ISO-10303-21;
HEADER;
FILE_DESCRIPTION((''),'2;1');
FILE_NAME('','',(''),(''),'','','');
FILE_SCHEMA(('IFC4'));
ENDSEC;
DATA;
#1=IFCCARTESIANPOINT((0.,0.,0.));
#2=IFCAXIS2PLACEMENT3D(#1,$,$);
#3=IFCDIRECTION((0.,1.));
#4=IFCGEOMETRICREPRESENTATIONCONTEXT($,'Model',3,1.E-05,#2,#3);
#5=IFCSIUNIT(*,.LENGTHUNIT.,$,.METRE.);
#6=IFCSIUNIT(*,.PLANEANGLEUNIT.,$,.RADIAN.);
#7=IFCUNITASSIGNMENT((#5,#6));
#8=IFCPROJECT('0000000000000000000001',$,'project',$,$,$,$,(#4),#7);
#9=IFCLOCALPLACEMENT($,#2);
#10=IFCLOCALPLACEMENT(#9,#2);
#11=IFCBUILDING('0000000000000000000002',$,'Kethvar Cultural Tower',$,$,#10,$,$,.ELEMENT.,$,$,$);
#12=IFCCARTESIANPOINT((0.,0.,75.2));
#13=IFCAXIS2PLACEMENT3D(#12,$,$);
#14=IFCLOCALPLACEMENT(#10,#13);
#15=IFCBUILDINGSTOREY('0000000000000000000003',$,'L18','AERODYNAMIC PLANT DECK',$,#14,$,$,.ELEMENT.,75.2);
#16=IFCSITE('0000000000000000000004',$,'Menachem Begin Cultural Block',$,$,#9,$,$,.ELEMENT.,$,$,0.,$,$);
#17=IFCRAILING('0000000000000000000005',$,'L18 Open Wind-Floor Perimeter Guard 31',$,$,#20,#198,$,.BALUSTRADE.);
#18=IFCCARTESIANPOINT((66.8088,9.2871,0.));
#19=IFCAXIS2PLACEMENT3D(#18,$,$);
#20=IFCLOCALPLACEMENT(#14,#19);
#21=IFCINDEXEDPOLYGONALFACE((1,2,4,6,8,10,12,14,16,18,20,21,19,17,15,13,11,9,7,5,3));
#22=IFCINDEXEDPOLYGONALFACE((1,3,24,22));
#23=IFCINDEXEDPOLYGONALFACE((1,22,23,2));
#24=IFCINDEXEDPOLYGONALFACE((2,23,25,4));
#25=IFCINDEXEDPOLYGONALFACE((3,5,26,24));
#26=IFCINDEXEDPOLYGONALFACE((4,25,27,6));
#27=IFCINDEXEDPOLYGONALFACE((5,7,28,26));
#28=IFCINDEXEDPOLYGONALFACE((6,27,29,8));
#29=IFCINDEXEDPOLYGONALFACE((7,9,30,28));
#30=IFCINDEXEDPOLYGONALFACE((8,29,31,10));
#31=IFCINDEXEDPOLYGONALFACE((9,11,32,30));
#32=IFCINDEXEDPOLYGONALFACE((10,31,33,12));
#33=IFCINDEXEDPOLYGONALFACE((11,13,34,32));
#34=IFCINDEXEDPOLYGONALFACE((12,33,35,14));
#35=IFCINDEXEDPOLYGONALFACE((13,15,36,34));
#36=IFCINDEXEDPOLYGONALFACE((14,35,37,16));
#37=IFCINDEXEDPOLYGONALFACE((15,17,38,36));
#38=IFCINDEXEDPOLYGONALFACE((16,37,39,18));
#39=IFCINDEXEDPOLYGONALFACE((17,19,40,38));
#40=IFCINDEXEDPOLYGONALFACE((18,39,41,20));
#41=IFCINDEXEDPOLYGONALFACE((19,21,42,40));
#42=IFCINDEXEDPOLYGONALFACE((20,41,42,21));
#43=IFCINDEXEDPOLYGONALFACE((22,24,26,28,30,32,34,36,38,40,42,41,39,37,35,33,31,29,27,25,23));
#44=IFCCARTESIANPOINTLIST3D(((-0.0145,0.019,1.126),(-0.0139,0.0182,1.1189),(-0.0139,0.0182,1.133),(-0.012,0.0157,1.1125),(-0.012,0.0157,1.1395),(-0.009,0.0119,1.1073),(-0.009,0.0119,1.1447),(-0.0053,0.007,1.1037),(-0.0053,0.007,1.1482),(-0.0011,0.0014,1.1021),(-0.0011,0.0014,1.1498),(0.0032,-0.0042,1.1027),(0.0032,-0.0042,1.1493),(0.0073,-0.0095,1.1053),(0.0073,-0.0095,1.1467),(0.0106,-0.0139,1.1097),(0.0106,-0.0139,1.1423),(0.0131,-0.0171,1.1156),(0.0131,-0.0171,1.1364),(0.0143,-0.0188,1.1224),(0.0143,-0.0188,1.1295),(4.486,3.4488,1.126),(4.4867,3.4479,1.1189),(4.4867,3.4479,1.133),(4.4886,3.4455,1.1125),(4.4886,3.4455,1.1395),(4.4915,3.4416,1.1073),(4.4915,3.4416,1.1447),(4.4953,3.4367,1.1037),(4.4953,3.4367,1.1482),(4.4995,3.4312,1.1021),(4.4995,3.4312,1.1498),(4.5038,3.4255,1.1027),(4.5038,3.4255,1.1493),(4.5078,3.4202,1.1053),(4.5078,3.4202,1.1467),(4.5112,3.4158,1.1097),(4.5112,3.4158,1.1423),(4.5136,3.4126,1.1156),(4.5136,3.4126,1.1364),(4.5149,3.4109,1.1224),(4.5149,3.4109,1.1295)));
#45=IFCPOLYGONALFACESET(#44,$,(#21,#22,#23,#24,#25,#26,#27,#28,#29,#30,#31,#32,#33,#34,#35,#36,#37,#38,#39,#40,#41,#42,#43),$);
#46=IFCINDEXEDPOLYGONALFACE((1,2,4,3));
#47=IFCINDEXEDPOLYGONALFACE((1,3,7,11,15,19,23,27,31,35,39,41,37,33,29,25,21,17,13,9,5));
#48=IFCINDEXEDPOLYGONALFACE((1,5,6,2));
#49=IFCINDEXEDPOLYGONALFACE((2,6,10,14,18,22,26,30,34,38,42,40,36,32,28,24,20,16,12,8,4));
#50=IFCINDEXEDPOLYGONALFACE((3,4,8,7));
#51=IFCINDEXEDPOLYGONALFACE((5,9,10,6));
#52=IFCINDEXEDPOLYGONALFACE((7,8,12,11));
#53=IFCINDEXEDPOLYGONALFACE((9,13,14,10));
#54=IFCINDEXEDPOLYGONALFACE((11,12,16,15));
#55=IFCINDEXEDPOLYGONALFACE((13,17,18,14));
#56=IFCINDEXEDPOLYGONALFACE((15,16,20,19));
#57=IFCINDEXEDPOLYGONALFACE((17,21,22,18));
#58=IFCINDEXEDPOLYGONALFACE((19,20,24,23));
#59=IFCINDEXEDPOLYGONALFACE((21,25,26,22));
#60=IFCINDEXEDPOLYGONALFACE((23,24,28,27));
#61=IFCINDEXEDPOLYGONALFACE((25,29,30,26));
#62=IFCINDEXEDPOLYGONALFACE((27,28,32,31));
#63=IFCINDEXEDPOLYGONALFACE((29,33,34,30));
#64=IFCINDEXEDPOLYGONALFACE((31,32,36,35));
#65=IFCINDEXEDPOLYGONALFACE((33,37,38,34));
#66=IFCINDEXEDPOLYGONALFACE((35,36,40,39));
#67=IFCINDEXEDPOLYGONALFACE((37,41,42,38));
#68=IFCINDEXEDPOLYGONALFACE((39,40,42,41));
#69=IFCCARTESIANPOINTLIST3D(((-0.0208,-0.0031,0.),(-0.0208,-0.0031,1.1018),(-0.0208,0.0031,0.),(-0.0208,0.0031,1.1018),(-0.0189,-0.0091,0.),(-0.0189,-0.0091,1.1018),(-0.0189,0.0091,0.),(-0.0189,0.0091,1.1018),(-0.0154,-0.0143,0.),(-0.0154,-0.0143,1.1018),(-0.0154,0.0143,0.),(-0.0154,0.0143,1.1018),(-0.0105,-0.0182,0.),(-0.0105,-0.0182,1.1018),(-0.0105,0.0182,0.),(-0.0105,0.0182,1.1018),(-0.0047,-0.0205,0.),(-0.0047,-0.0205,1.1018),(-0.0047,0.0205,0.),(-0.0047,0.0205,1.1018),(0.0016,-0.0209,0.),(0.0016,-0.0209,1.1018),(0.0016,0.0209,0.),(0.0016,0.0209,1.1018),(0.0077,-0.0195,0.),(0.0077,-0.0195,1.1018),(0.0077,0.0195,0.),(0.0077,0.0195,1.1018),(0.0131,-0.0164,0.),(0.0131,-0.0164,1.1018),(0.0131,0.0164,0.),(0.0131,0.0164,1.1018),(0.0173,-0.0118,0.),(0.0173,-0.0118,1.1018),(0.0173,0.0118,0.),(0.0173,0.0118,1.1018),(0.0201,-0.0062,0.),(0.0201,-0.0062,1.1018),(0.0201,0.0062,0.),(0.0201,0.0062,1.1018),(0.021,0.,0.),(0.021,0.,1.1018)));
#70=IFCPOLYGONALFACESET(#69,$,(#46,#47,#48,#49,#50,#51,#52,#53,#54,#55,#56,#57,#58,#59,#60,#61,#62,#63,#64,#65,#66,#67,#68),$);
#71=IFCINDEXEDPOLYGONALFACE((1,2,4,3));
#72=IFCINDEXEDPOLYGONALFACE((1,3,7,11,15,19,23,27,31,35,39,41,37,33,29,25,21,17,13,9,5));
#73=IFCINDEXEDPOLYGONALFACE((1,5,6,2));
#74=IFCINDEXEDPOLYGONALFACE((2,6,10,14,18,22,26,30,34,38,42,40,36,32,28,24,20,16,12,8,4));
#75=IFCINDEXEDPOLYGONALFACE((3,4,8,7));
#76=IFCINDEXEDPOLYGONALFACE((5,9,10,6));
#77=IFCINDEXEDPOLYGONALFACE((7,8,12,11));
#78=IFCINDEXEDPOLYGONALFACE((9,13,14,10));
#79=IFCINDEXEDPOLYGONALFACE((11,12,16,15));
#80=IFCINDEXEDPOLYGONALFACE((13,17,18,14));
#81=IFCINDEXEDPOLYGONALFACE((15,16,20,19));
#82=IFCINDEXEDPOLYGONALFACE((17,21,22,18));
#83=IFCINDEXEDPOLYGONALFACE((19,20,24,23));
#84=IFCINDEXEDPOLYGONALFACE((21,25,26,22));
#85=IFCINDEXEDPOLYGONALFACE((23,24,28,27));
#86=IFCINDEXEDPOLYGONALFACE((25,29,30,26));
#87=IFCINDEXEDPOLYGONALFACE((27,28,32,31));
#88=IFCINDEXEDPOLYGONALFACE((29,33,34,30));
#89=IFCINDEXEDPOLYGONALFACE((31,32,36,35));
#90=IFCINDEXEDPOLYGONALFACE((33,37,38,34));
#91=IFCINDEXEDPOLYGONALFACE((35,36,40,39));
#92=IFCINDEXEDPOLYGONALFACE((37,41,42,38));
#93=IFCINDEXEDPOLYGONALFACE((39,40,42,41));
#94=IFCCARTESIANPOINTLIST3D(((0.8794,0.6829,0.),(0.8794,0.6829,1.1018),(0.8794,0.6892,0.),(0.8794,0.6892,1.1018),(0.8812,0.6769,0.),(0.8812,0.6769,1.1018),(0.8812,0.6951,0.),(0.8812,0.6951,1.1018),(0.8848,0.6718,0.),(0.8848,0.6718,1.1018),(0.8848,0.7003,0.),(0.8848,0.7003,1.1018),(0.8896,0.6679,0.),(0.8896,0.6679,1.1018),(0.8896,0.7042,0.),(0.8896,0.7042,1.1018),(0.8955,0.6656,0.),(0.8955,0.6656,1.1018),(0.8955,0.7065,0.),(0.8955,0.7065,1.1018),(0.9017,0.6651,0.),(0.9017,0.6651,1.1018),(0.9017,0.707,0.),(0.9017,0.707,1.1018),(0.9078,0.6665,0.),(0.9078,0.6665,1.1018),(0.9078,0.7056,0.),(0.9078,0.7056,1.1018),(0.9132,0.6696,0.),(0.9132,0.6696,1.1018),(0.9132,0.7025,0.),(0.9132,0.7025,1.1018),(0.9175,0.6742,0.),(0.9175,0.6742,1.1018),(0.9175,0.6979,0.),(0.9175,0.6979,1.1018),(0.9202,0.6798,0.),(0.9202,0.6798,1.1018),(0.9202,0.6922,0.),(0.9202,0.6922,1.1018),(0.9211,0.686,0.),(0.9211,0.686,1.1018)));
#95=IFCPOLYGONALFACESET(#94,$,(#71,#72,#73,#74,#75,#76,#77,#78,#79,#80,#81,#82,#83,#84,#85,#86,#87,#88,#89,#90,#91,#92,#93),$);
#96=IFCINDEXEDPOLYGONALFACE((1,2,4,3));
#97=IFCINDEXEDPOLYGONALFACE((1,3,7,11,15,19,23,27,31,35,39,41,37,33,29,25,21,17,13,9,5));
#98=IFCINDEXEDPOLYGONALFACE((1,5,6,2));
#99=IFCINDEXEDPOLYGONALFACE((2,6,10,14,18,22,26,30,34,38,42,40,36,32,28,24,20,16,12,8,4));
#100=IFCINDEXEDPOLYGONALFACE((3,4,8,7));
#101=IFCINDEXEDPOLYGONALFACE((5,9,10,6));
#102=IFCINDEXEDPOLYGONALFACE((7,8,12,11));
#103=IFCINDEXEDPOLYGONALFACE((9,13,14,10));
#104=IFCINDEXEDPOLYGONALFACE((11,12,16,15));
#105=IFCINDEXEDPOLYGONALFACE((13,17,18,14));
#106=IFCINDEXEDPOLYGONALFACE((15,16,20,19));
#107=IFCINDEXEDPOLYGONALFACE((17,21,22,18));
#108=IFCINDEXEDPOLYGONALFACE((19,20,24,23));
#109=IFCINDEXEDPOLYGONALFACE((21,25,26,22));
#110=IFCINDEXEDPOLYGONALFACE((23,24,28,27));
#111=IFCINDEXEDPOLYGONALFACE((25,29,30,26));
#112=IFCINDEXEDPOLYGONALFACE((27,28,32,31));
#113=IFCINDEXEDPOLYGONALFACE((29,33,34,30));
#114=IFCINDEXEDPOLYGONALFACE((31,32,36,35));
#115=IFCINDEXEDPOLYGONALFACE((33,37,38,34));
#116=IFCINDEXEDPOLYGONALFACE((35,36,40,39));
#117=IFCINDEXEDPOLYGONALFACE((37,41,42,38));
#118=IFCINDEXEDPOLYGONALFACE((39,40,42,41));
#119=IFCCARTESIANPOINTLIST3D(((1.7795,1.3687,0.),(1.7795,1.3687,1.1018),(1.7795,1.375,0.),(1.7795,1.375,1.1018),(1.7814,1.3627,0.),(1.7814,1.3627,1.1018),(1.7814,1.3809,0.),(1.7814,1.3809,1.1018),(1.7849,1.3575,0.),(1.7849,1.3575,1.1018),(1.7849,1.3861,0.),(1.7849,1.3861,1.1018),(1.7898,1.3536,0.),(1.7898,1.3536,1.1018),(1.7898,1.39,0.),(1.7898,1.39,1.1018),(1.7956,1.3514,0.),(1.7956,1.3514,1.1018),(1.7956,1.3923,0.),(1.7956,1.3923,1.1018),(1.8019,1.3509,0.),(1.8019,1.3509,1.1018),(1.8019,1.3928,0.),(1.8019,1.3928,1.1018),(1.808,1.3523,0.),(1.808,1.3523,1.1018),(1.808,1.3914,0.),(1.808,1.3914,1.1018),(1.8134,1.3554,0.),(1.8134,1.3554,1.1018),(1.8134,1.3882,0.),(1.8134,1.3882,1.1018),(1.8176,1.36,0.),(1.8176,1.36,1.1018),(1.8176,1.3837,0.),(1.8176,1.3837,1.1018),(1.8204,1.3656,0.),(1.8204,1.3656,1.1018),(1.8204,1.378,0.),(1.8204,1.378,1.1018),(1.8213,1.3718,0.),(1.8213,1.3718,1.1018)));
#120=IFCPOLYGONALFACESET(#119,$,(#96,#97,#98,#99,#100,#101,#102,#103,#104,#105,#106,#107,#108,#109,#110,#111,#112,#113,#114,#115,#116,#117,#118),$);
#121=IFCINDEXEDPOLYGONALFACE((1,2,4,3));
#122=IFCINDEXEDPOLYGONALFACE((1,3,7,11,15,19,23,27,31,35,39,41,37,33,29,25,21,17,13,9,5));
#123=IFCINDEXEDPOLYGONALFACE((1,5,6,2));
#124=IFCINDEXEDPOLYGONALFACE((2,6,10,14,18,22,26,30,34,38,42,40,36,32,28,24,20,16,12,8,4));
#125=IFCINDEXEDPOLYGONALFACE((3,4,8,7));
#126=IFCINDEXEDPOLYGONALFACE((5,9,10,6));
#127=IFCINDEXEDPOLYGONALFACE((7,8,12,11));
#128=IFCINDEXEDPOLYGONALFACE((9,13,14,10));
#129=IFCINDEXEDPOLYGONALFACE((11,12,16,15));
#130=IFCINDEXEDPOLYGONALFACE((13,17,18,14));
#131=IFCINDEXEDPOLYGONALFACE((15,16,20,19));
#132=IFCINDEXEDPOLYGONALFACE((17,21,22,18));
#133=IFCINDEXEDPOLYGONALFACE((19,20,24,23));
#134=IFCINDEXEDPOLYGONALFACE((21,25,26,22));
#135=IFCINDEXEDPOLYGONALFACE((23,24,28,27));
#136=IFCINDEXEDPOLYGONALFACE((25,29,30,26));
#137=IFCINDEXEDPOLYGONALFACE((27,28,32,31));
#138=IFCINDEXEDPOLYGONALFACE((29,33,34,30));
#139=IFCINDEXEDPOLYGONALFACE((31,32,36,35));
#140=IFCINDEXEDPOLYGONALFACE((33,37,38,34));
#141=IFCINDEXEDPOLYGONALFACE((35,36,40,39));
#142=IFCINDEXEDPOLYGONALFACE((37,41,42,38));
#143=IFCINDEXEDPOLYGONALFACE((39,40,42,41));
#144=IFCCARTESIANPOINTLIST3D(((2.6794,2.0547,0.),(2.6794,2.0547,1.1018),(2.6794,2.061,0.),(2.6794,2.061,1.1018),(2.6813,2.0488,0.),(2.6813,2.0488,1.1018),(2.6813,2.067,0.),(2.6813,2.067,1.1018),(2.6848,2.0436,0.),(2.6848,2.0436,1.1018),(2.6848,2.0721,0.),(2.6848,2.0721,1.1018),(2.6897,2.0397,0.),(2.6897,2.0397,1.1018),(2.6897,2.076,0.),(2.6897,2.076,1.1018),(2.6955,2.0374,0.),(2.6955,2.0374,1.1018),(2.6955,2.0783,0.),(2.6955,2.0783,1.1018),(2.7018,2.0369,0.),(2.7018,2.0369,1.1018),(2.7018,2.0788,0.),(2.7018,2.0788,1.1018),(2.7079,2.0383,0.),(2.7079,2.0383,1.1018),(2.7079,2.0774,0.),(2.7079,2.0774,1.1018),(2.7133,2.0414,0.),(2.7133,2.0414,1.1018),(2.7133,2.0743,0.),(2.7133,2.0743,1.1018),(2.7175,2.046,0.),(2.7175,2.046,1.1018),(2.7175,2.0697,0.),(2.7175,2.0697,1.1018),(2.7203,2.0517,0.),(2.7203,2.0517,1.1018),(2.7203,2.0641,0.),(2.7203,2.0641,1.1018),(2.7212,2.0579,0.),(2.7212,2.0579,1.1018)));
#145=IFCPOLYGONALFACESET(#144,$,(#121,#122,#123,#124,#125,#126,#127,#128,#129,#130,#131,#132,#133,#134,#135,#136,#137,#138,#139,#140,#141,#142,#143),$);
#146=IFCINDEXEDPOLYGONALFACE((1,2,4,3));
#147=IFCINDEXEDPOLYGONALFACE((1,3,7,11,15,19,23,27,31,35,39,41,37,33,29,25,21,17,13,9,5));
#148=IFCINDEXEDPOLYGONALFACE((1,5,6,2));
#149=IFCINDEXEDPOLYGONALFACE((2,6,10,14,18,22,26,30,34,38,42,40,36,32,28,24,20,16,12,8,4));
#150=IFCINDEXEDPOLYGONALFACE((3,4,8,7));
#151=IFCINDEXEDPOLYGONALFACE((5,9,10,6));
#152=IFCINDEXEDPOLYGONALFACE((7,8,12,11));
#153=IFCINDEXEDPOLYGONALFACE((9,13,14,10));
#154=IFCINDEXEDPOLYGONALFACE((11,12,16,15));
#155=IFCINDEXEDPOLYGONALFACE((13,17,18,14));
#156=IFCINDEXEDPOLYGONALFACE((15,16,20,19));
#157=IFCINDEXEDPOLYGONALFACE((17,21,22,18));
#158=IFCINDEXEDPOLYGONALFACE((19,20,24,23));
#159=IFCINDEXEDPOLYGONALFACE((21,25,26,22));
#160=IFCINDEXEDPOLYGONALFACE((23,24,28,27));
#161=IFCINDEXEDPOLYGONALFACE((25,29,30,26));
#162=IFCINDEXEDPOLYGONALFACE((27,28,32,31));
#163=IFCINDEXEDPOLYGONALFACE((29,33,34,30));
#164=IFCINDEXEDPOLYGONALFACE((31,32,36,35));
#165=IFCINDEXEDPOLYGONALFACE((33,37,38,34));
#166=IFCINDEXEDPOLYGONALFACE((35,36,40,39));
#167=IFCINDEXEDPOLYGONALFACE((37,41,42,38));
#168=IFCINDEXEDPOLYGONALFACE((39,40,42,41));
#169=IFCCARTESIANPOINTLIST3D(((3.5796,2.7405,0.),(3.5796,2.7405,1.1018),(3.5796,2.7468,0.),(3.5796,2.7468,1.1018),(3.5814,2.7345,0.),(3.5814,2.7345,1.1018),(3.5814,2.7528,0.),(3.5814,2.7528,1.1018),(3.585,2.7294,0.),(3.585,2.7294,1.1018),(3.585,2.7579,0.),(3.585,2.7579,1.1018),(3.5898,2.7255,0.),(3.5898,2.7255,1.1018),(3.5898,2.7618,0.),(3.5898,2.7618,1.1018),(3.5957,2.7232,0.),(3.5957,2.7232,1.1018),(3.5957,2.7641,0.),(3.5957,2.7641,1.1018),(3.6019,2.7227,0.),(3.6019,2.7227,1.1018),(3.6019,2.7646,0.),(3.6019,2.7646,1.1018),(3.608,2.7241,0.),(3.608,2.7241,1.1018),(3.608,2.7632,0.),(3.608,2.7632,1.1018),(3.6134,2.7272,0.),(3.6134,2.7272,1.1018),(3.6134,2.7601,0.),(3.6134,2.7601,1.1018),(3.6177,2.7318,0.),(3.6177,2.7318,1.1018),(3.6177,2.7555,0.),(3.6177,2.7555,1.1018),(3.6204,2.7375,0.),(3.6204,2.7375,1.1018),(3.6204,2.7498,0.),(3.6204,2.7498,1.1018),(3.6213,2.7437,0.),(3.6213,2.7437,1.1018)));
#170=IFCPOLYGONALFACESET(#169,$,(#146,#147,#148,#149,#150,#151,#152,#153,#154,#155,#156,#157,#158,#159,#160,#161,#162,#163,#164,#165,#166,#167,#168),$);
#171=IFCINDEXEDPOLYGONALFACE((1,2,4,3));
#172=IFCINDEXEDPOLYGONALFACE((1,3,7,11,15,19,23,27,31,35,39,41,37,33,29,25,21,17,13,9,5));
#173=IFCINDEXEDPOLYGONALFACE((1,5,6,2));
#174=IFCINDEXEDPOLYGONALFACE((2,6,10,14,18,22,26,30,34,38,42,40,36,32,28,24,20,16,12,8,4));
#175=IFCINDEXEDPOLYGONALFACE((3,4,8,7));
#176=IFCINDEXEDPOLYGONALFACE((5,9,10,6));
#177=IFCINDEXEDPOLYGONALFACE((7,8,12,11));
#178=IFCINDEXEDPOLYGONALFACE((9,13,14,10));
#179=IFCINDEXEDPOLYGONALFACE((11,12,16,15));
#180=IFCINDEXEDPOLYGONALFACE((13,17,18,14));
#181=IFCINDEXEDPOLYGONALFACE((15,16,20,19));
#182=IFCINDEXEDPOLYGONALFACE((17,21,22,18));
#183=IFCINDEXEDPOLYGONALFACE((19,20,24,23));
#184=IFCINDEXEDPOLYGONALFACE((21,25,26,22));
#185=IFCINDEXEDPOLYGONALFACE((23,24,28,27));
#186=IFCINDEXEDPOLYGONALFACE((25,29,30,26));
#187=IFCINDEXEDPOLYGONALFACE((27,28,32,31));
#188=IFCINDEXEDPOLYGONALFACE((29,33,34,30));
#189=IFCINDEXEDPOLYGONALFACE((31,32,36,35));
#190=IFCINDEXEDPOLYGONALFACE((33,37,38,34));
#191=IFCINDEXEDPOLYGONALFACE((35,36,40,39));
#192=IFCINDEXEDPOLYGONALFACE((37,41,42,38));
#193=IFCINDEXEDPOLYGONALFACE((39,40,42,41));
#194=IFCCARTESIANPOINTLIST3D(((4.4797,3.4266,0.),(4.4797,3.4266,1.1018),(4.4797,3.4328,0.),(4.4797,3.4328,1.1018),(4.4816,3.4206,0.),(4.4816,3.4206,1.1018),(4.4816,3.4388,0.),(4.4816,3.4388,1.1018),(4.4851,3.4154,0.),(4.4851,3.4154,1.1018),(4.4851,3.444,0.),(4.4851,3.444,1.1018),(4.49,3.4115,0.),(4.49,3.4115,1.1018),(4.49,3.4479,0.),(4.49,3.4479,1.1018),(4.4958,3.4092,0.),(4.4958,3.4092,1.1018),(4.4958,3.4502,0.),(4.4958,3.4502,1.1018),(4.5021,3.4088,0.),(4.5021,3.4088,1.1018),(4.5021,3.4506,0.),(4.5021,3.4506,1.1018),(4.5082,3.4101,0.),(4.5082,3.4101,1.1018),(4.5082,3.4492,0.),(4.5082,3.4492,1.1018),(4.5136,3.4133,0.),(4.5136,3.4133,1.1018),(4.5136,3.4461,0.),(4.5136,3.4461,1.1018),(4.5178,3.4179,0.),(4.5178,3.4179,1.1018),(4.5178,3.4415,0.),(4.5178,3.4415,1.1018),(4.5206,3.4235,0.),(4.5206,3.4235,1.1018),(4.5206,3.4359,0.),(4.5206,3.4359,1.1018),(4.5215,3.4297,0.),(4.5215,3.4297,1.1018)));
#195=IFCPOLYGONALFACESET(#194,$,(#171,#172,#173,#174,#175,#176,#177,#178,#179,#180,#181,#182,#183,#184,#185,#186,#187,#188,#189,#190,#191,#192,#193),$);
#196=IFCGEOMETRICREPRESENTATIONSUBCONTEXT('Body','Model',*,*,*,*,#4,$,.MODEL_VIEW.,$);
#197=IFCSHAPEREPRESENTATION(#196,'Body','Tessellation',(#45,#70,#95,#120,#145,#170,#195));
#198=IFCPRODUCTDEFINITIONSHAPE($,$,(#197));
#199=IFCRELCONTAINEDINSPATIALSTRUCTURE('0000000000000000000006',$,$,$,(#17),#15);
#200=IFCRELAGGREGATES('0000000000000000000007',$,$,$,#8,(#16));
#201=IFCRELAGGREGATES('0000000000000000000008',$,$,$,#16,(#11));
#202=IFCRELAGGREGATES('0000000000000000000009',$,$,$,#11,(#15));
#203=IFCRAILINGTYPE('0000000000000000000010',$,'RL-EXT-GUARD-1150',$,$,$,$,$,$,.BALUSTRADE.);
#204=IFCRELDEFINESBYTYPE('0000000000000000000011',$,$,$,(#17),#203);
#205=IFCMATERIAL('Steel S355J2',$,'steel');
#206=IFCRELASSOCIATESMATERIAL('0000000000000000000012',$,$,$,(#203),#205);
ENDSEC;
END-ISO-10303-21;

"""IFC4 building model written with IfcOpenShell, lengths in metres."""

from ifc_helpers import new_model, si_unit, direction, frame, origin, origin_2d, place, context, subcontext, project, spatial, circle, extrude, material, type_object, element, save


model = new_model("IFC4")

# Units and contexts
model_context = context("Model", 3, precision=1e-05, world=origin(), true_north=direction((0.0, 1.0)))
body_context = subcontext(model_context, "Body", "Model", "MODEL_VIEW")
ifc_project = project(units=[si_unit("LENGTHUNIT", "METRE"), si_unit("PLANEANGLEUNIT", "RADIAN")], contexts=[model_context])

# Site, building, storey
site_placement = place(None, origin())
site = spatial("IfcSite", under=ifc_project, at=site_placement, Name="Menachem Begin Cultural Block", CompositionType="ELEMENT", RefElevation=0.0)
building_placement = place(site_placement, origin())
building = spatial("IfcBuilding", under=site, at=building_placement, Name="Kethvar Cultural Tower", CompositionType="ELEMENT")
storey_placement = place(building_placement, frame((0.0, 0.0, 75.2)))
storey = spatial("IfcBuildingStorey", under=building, at=storey_placement, Name="L18", Description="AERODYNAMIC PLANT DECK", CompositionType="ELEMENT", Elevation=75.2)

# Shared definitions
ifc_material_1 = material(Name="Steel S355J2", Category="steel")

# Railing
railing_type = type_object("IfcRailingType", Name="RL-EXT-GUARD-1150", PredefinedType="BALUSTRADE", material=ifc_material_1)
railing_1_placement = place(storey_placement, frame((66.8088, 9.2871, 0.0)))
element("IfcRailing", 1, at=railing_1_placement, inside=storey, type_object=railing_type, Name="L18 Open Wind-Floor Perimeter Guard 31", PredefinedType="BALUSTRADE", context=body_context, shape_type="SweptSolid", body=[
    extrude(circle(Radius=0.0239, at=origin_2d()), frame((0.0, 0.0, 1.126), z_axis=(0.795368, 0.606126, 0.0), x_axis=(-0.606126, 0.795368, 0.0)), (0.0, 0.0, 1.0), 5.6584),
    extrude(circle(Radius=0.021, at=origin_2d()), origin(), (0.0, 0.0, 1.0), 1.1018),
    extrude(circle(Radius=0.021, at=origin_2d()), frame((0.9001, 0.686, 0.0)), (0.0, 0.0, 1.0), 1.1018),
    extrude(circle(Radius=0.021, at=origin_2d()), frame((1.8003, 1.3718, 0.0)), (0.0, 0.0, 1.0), 1.1018),
    extrude(circle(Radius=0.021, at=origin_2d()), frame((2.7002, 2.0579, 0.0)), (0.0, 0.0, 1.0), 1.1018),
    extrude(circle(Radius=0.021, at=origin_2d()), frame((3.6003, 2.7437, 0.0)), (0.0, 0.0, 1.0), 1.1018),
    extrude(circle(Radius=0.021, at=origin_2d()), frame((4.5005, 3.4297, 0.0)), (0.0, 0.0, 1.0), 1.1018),
])

save(model, "model.ifc")
